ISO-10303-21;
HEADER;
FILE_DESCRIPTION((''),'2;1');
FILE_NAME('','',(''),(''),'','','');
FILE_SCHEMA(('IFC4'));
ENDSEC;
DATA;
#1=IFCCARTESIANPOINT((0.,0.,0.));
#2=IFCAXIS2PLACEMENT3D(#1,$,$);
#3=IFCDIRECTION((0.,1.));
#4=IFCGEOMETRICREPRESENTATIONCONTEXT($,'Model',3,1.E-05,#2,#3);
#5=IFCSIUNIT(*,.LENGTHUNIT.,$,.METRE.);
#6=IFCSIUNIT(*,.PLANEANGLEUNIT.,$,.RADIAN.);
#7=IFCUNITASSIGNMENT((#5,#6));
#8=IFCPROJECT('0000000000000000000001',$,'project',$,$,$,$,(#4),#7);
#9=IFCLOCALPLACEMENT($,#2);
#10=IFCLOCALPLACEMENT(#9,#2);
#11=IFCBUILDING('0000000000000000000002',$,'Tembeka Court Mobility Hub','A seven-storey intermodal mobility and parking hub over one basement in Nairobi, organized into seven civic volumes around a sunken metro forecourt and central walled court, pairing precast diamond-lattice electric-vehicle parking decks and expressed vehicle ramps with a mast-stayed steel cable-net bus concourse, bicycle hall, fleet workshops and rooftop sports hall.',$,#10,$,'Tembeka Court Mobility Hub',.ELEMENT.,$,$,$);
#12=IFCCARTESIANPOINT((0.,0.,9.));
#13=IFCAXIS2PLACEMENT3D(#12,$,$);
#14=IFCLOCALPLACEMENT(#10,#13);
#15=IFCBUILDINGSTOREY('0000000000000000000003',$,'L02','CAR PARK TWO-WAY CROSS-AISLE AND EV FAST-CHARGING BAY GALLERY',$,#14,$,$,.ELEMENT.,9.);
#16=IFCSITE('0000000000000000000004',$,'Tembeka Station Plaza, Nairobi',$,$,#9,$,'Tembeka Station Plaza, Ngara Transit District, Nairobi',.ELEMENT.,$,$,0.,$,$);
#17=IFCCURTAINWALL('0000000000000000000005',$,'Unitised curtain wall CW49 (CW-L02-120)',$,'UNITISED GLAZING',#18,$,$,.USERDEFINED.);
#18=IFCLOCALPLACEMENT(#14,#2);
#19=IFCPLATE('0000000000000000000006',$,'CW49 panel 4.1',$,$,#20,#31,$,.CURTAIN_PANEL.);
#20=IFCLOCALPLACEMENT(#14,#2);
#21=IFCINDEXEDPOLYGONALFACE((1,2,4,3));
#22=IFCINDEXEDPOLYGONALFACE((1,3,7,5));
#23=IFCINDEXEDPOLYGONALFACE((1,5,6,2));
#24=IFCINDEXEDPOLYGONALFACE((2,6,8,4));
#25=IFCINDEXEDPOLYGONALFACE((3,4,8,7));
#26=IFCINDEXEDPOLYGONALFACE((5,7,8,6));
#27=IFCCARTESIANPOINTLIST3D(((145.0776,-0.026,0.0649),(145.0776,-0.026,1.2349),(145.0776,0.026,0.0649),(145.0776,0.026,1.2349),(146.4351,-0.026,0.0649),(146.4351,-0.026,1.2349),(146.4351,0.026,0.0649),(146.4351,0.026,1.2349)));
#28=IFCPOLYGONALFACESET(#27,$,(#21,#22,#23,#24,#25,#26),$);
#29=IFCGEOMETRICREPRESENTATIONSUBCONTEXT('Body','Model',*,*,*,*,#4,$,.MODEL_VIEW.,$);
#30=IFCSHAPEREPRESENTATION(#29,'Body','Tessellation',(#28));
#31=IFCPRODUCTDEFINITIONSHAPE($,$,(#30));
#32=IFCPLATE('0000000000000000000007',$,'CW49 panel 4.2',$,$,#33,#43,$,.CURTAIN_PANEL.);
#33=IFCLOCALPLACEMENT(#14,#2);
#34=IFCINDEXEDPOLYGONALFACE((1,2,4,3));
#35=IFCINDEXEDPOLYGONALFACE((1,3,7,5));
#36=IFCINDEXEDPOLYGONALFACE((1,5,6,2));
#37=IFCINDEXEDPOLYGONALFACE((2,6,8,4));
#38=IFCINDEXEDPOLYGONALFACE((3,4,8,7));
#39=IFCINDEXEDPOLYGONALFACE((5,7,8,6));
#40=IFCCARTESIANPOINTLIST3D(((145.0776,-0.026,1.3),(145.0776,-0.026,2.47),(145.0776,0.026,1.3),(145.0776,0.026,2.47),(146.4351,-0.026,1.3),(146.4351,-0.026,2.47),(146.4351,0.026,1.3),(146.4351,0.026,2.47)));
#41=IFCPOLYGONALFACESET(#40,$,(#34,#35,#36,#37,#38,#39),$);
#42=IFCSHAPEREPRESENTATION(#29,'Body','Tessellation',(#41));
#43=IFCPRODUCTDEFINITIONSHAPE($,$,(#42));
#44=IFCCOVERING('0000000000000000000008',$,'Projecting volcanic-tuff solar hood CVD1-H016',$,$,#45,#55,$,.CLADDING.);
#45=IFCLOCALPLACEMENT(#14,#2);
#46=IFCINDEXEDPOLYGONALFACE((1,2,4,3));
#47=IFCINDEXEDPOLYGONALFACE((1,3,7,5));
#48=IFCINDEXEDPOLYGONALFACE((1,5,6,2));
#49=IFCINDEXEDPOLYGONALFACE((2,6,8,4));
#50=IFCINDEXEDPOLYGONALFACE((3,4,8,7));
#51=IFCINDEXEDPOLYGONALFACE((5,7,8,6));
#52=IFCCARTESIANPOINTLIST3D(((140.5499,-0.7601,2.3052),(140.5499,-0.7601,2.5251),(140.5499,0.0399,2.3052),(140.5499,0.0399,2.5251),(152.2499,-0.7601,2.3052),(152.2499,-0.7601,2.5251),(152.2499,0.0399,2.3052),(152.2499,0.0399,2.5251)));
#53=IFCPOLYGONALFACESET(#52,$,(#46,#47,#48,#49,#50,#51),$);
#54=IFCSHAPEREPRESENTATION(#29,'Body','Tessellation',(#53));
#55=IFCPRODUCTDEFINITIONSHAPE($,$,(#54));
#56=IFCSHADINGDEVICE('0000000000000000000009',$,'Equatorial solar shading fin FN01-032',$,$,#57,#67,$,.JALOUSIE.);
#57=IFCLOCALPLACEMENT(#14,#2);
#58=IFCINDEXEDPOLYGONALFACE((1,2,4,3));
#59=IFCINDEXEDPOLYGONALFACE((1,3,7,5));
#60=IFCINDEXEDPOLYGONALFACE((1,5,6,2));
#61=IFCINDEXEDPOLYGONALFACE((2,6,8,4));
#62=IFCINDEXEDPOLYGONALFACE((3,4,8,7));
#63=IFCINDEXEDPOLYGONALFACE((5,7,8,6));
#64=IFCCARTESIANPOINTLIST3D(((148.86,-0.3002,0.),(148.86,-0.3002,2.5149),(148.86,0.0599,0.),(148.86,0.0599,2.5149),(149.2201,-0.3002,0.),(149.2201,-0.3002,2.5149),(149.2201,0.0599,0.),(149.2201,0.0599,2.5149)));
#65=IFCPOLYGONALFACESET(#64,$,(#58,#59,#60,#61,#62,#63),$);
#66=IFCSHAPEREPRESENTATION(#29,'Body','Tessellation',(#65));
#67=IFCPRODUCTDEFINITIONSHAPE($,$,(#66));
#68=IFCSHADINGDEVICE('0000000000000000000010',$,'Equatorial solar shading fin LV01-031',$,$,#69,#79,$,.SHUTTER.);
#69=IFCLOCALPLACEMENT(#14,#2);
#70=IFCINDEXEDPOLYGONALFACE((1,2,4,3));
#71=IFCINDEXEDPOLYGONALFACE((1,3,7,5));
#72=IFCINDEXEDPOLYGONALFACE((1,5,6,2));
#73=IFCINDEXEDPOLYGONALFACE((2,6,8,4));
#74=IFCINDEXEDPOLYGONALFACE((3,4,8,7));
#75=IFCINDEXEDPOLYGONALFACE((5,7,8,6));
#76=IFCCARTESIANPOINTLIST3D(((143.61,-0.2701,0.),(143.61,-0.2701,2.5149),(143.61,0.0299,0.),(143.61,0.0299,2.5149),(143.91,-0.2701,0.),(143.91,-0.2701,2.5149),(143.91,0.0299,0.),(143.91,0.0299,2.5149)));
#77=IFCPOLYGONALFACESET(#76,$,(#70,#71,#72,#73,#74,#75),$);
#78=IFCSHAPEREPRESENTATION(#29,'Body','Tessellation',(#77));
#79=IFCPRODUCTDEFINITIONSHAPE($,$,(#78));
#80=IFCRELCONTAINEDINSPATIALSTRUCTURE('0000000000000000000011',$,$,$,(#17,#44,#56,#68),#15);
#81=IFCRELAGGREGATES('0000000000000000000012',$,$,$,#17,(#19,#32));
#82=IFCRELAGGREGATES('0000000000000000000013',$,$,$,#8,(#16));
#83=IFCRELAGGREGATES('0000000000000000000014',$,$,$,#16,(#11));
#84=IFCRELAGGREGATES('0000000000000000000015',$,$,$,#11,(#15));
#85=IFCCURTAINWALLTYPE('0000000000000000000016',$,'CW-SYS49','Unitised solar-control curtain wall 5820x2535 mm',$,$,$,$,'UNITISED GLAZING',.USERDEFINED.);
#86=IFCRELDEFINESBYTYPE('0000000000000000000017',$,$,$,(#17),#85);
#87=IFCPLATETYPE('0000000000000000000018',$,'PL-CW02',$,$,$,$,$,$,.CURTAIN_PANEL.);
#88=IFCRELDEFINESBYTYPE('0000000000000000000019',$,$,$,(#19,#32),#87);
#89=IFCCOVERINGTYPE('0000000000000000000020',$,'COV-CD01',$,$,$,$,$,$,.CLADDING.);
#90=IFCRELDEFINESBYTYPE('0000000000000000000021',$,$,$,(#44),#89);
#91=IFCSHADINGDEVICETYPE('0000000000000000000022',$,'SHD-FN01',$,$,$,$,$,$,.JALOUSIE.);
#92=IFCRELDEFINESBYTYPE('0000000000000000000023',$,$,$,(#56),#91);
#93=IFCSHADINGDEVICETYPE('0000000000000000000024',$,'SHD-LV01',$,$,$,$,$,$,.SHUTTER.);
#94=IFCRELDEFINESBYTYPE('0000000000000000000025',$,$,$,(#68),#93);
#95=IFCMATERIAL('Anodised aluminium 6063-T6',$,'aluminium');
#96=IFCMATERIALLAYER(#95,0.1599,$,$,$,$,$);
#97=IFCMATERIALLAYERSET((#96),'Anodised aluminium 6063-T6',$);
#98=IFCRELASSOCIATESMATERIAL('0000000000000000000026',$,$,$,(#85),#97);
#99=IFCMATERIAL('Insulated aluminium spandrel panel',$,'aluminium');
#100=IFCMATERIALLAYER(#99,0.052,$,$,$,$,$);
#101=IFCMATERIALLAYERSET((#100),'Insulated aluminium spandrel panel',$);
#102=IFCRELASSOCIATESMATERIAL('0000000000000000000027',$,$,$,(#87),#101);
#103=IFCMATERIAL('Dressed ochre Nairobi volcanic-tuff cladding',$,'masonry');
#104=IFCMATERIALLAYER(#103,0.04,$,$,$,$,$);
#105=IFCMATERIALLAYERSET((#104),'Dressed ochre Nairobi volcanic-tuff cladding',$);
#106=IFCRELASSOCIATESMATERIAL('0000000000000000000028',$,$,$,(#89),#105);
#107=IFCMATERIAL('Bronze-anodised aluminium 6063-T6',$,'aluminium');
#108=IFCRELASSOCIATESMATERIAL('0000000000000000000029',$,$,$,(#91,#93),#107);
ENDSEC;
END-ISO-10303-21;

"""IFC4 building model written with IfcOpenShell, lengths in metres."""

from ifc_helpers import new_model, si_unit, direction, frame, origin, origin_2d, place, context, subcontext, project, spatial, rectangle, extrude, material, layer, layer_set, material_profile, profile_set, type_object, element, aggregate, save


model = new_model("IFC4")

# Units and contexts
model_context = context("Model", 3, precision=1e-05, world=origin(), true_north=direction((0.0, 1.0)))
body_context = subcontext(model_context, "Body", "Model", "MODEL_VIEW")
ifc_project = project(units=[si_unit("LENGTHUNIT", "METRE"), si_unit("PLANEANGLEUNIT", "RADIAN")], contexts=[model_context])

# Site, building, storey
site_placement = place(None, origin())
site = spatial("IfcSite", under=ifc_project, at=site_placement, Name="Tembeka Station Plaza, Nairobi", LongName="Tembeka Station Plaza, Ngara Transit District, Nairobi", CompositionType="ELEMENT", RefElevation=0.0)
building_placement = place(site_placement, origin())
building = spatial("IfcBuilding", under=site, at=building_placement, Name="Tembeka Court Mobility Hub", Description="A seven-storey intermodal mobility and parking hub over one basement in Nairobi, organized into seven civic volumes around a sunken metro forecourt and central walled court, pairing precast diamond-lattice electric-vehicle parking decks and expressed vehicle ramps with a mast-stayed steel cable-net bus concourse, bicycle hall, fleet workshops and rooftop sports hall.", LongName="Tembeka Court Mobility Hub", CompositionType="ELEMENT")
storey_placement = place(building_placement, frame((0.0, 0.0, 9.0)))
storey = spatial("IfcBuildingStorey", under=building, at=storey_placement, Name="L02", Description="CAR PARK TWO-WAY CROSS-AISLE AND EV FAST-CHARGING BAY GALLERY", CompositionType="ELEMENT", Elevation=9.0)

# Curtain wall
ifc_material_1 = material(Name="Anodised aluminium 6063-T6", Category="aluminium")
ifc_layer_1 = layer(ifc_material_1, 0.1599)
ifc_layer_set_1 = layer_set([ifc_layer_1], Name="Anodised aluminium 6063-T6")
curtain_wall_type_1 = type_object("IfcCurtainWallType", Name="CW-SYS49", Description="Unitised solar-control curtain wall 5820x2535 mm", ElementType="UNITISED GLAZING", PredefinedType="USERDEFINED", material=ifc_layer_set_1)
curtain_wall_1_placement = place(storey_placement, origin())
curtain_wall_1 = element("IfcCurtainWall", 1, at=curtain_wall_1_placement, inside=storey, type_object=curtain_wall_type_1, Name="Unitised curtain wall CW49 (CW-L02-120)", ObjectType="UNITISED GLAZING", PredefinedType="USERDEFINED")

# Plates
ifc_material_2 = material(Name="Insulated aluminium spandrel panel", Category="aluminium")
ifc_layer_2 = layer(ifc_material_2, 0.052)
ifc_layer_set_2 = layer_set([ifc_layer_2], Name="Insulated aluminium spandrel panel")
plate_type = type_object("IfcPlateType", Name="PL-CW02", PredefinedType="CURTAIN_PANEL", material=ifc_layer_set_2)
plate_1_placement = place(storey_placement, frame((145.7563, 0.0, 0.0649), z_axis=(0.0, 0.0, 1.0), x_axis=(1.0, 0.0, 0.0)))
plate_1 = element("IfcPlate", 2, at=plate_1_placement, type_object=plate_type, Name="CW49 panel 4.1", PredefinedType="CURTAIN_PANEL", context=body_context, shape_type="SweptSolid", body=[
    extrude(rectangle(XDim=1.3574, YDim=0.052, at=origin_2d()), origin(), (0.0, 0.0, 1.0), 1.1699),
])
plate_2_placement = place(storey_placement, frame((145.7563, 0.0, 1.3), z_axis=(0.0, 0.0, 1.0), x_axis=(1.0, 0.0, 0.0)))
plate_2 = element("IfcPlate", 3, at=plate_2_placement, type_object=plate_type, Name="CW49 panel 4.2", PredefinedType="CURTAIN_PANEL", context=body_context, shape_type="SweptSolid", body=[
    extrude(rectangle(XDim=1.3574, YDim=0.052, at=origin_2d()), origin(), (0.0, 0.0, 1.0), 1.1699),
])
aggregate(curtain_wall_1, [plate_1, plate_2])

# Covering
ifc_material_3 = material(Name="Dressed ochre Nairobi volcanic-tuff cladding", Category="masonry")
ifc_layer_3 = layer(ifc_material_3, 0.04)
ifc_layer_set_3 = layer_set([ifc_layer_3], Name="Dressed ochre Nairobi volcanic-tuff cladding")
covering_type = type_object("IfcCoveringType", Name="COV-CD01", PredefinedType="CLADDING", material=ifc_layer_set_3)
covering_placement = place(storey_placement, frame((146.3999, -0.3601, 2.3052), z_axis=(0.0, 0.0, 1.0), x_axis=(1.0, 0.0, 0.0)))
element("IfcCovering", 4, at=covering_placement, inside=storey, type_object=covering_type, Name="Projecting volcanic-tuff solar hood CVD1-H016", PredefinedType="CLADDING", context=body_context, shape_type="SweptSolid", body=[
    extrude(rectangle(XDim=11.7, YDim=0.8, at=origin_2d()), origin(), (0.0, 0.0, 1.0), 0.22),
])

# Shading devices
ifc_material_4 = material(Name="Bronze-anodised aluminium 6063-T6", Category="aluminium")
ifc_material_profile_1 = material_profile(ifc_material_4, rectangle(XDim=0.3601, YDim=0.3601, at=origin_2d()), Name="ALU-FIN 360x360")
ifc_profile_set_1 = profile_set([ifc_material_profile_1], Name="Bronze-anodised aluminium 6063-T6")
shading_device_type_1 = type_object("IfcShadingDeviceType", Name="SHD-FN01", PredefinedType="JALOUSIE", material=ifc_profile_set_1)
shading_device_1_placement = place(storey_placement, frame((149.04, -0.1201, 0.0), z_axis=(0.0, 0.0, 1.0), x_axis=(1.0, 0.0, 0.0)))
element("IfcShadingDevice", 5, at=shading_device_1_placement, inside=storey, type_object=shading_device_type_1, Name="Equatorial solar shading fin FN01-032", PredefinedType="JALOUSIE", context=body_context, shape_type="SweptSolid", body=[
    extrude(rectangle(XDim=0.3601, YDim=0.3601, at=origin_2d()), origin(), (0.0, 0.0, 1.0), 2.5149),
])
ifc_material_profile_2 = material_profile(ifc_material_4, rectangle(XDim=0.3, YDim=0.3, at=origin_2d()), Name="ALU-LVR 300x300")
ifc_profile_set_2 = profile_set([ifc_material_profile_2], Name="Bronze-anodised aluminium 6063-T6")
shading_device_type_2 = type_object("IfcShadingDeviceType", Name="SHD-LV01", PredefinedType="SHUTTER", material=ifc_profile_set_2)
shading_device_2_placement = place(storey_placement, frame((143.76, -0.1201, 0.0), z_axis=(0.0, 0.0, 1.0), x_axis=(1.0, 0.0, 0.0)))
element("IfcShadingDevice", 6, at=shading_device_2_placement, inside=storey, type_object=shading_device_type_2, Name="Equatorial solar shading fin LV01-031", PredefinedType="SHUTTER", context=body_context, shape_type="SweptSolid", body=[
    extrude(rectangle(XDim=0.3, YDim=0.3, at=origin_2d()), origin(), (0.0, 0.0, 1.0), 2.5149),
])

save(model, "model.ifc")
